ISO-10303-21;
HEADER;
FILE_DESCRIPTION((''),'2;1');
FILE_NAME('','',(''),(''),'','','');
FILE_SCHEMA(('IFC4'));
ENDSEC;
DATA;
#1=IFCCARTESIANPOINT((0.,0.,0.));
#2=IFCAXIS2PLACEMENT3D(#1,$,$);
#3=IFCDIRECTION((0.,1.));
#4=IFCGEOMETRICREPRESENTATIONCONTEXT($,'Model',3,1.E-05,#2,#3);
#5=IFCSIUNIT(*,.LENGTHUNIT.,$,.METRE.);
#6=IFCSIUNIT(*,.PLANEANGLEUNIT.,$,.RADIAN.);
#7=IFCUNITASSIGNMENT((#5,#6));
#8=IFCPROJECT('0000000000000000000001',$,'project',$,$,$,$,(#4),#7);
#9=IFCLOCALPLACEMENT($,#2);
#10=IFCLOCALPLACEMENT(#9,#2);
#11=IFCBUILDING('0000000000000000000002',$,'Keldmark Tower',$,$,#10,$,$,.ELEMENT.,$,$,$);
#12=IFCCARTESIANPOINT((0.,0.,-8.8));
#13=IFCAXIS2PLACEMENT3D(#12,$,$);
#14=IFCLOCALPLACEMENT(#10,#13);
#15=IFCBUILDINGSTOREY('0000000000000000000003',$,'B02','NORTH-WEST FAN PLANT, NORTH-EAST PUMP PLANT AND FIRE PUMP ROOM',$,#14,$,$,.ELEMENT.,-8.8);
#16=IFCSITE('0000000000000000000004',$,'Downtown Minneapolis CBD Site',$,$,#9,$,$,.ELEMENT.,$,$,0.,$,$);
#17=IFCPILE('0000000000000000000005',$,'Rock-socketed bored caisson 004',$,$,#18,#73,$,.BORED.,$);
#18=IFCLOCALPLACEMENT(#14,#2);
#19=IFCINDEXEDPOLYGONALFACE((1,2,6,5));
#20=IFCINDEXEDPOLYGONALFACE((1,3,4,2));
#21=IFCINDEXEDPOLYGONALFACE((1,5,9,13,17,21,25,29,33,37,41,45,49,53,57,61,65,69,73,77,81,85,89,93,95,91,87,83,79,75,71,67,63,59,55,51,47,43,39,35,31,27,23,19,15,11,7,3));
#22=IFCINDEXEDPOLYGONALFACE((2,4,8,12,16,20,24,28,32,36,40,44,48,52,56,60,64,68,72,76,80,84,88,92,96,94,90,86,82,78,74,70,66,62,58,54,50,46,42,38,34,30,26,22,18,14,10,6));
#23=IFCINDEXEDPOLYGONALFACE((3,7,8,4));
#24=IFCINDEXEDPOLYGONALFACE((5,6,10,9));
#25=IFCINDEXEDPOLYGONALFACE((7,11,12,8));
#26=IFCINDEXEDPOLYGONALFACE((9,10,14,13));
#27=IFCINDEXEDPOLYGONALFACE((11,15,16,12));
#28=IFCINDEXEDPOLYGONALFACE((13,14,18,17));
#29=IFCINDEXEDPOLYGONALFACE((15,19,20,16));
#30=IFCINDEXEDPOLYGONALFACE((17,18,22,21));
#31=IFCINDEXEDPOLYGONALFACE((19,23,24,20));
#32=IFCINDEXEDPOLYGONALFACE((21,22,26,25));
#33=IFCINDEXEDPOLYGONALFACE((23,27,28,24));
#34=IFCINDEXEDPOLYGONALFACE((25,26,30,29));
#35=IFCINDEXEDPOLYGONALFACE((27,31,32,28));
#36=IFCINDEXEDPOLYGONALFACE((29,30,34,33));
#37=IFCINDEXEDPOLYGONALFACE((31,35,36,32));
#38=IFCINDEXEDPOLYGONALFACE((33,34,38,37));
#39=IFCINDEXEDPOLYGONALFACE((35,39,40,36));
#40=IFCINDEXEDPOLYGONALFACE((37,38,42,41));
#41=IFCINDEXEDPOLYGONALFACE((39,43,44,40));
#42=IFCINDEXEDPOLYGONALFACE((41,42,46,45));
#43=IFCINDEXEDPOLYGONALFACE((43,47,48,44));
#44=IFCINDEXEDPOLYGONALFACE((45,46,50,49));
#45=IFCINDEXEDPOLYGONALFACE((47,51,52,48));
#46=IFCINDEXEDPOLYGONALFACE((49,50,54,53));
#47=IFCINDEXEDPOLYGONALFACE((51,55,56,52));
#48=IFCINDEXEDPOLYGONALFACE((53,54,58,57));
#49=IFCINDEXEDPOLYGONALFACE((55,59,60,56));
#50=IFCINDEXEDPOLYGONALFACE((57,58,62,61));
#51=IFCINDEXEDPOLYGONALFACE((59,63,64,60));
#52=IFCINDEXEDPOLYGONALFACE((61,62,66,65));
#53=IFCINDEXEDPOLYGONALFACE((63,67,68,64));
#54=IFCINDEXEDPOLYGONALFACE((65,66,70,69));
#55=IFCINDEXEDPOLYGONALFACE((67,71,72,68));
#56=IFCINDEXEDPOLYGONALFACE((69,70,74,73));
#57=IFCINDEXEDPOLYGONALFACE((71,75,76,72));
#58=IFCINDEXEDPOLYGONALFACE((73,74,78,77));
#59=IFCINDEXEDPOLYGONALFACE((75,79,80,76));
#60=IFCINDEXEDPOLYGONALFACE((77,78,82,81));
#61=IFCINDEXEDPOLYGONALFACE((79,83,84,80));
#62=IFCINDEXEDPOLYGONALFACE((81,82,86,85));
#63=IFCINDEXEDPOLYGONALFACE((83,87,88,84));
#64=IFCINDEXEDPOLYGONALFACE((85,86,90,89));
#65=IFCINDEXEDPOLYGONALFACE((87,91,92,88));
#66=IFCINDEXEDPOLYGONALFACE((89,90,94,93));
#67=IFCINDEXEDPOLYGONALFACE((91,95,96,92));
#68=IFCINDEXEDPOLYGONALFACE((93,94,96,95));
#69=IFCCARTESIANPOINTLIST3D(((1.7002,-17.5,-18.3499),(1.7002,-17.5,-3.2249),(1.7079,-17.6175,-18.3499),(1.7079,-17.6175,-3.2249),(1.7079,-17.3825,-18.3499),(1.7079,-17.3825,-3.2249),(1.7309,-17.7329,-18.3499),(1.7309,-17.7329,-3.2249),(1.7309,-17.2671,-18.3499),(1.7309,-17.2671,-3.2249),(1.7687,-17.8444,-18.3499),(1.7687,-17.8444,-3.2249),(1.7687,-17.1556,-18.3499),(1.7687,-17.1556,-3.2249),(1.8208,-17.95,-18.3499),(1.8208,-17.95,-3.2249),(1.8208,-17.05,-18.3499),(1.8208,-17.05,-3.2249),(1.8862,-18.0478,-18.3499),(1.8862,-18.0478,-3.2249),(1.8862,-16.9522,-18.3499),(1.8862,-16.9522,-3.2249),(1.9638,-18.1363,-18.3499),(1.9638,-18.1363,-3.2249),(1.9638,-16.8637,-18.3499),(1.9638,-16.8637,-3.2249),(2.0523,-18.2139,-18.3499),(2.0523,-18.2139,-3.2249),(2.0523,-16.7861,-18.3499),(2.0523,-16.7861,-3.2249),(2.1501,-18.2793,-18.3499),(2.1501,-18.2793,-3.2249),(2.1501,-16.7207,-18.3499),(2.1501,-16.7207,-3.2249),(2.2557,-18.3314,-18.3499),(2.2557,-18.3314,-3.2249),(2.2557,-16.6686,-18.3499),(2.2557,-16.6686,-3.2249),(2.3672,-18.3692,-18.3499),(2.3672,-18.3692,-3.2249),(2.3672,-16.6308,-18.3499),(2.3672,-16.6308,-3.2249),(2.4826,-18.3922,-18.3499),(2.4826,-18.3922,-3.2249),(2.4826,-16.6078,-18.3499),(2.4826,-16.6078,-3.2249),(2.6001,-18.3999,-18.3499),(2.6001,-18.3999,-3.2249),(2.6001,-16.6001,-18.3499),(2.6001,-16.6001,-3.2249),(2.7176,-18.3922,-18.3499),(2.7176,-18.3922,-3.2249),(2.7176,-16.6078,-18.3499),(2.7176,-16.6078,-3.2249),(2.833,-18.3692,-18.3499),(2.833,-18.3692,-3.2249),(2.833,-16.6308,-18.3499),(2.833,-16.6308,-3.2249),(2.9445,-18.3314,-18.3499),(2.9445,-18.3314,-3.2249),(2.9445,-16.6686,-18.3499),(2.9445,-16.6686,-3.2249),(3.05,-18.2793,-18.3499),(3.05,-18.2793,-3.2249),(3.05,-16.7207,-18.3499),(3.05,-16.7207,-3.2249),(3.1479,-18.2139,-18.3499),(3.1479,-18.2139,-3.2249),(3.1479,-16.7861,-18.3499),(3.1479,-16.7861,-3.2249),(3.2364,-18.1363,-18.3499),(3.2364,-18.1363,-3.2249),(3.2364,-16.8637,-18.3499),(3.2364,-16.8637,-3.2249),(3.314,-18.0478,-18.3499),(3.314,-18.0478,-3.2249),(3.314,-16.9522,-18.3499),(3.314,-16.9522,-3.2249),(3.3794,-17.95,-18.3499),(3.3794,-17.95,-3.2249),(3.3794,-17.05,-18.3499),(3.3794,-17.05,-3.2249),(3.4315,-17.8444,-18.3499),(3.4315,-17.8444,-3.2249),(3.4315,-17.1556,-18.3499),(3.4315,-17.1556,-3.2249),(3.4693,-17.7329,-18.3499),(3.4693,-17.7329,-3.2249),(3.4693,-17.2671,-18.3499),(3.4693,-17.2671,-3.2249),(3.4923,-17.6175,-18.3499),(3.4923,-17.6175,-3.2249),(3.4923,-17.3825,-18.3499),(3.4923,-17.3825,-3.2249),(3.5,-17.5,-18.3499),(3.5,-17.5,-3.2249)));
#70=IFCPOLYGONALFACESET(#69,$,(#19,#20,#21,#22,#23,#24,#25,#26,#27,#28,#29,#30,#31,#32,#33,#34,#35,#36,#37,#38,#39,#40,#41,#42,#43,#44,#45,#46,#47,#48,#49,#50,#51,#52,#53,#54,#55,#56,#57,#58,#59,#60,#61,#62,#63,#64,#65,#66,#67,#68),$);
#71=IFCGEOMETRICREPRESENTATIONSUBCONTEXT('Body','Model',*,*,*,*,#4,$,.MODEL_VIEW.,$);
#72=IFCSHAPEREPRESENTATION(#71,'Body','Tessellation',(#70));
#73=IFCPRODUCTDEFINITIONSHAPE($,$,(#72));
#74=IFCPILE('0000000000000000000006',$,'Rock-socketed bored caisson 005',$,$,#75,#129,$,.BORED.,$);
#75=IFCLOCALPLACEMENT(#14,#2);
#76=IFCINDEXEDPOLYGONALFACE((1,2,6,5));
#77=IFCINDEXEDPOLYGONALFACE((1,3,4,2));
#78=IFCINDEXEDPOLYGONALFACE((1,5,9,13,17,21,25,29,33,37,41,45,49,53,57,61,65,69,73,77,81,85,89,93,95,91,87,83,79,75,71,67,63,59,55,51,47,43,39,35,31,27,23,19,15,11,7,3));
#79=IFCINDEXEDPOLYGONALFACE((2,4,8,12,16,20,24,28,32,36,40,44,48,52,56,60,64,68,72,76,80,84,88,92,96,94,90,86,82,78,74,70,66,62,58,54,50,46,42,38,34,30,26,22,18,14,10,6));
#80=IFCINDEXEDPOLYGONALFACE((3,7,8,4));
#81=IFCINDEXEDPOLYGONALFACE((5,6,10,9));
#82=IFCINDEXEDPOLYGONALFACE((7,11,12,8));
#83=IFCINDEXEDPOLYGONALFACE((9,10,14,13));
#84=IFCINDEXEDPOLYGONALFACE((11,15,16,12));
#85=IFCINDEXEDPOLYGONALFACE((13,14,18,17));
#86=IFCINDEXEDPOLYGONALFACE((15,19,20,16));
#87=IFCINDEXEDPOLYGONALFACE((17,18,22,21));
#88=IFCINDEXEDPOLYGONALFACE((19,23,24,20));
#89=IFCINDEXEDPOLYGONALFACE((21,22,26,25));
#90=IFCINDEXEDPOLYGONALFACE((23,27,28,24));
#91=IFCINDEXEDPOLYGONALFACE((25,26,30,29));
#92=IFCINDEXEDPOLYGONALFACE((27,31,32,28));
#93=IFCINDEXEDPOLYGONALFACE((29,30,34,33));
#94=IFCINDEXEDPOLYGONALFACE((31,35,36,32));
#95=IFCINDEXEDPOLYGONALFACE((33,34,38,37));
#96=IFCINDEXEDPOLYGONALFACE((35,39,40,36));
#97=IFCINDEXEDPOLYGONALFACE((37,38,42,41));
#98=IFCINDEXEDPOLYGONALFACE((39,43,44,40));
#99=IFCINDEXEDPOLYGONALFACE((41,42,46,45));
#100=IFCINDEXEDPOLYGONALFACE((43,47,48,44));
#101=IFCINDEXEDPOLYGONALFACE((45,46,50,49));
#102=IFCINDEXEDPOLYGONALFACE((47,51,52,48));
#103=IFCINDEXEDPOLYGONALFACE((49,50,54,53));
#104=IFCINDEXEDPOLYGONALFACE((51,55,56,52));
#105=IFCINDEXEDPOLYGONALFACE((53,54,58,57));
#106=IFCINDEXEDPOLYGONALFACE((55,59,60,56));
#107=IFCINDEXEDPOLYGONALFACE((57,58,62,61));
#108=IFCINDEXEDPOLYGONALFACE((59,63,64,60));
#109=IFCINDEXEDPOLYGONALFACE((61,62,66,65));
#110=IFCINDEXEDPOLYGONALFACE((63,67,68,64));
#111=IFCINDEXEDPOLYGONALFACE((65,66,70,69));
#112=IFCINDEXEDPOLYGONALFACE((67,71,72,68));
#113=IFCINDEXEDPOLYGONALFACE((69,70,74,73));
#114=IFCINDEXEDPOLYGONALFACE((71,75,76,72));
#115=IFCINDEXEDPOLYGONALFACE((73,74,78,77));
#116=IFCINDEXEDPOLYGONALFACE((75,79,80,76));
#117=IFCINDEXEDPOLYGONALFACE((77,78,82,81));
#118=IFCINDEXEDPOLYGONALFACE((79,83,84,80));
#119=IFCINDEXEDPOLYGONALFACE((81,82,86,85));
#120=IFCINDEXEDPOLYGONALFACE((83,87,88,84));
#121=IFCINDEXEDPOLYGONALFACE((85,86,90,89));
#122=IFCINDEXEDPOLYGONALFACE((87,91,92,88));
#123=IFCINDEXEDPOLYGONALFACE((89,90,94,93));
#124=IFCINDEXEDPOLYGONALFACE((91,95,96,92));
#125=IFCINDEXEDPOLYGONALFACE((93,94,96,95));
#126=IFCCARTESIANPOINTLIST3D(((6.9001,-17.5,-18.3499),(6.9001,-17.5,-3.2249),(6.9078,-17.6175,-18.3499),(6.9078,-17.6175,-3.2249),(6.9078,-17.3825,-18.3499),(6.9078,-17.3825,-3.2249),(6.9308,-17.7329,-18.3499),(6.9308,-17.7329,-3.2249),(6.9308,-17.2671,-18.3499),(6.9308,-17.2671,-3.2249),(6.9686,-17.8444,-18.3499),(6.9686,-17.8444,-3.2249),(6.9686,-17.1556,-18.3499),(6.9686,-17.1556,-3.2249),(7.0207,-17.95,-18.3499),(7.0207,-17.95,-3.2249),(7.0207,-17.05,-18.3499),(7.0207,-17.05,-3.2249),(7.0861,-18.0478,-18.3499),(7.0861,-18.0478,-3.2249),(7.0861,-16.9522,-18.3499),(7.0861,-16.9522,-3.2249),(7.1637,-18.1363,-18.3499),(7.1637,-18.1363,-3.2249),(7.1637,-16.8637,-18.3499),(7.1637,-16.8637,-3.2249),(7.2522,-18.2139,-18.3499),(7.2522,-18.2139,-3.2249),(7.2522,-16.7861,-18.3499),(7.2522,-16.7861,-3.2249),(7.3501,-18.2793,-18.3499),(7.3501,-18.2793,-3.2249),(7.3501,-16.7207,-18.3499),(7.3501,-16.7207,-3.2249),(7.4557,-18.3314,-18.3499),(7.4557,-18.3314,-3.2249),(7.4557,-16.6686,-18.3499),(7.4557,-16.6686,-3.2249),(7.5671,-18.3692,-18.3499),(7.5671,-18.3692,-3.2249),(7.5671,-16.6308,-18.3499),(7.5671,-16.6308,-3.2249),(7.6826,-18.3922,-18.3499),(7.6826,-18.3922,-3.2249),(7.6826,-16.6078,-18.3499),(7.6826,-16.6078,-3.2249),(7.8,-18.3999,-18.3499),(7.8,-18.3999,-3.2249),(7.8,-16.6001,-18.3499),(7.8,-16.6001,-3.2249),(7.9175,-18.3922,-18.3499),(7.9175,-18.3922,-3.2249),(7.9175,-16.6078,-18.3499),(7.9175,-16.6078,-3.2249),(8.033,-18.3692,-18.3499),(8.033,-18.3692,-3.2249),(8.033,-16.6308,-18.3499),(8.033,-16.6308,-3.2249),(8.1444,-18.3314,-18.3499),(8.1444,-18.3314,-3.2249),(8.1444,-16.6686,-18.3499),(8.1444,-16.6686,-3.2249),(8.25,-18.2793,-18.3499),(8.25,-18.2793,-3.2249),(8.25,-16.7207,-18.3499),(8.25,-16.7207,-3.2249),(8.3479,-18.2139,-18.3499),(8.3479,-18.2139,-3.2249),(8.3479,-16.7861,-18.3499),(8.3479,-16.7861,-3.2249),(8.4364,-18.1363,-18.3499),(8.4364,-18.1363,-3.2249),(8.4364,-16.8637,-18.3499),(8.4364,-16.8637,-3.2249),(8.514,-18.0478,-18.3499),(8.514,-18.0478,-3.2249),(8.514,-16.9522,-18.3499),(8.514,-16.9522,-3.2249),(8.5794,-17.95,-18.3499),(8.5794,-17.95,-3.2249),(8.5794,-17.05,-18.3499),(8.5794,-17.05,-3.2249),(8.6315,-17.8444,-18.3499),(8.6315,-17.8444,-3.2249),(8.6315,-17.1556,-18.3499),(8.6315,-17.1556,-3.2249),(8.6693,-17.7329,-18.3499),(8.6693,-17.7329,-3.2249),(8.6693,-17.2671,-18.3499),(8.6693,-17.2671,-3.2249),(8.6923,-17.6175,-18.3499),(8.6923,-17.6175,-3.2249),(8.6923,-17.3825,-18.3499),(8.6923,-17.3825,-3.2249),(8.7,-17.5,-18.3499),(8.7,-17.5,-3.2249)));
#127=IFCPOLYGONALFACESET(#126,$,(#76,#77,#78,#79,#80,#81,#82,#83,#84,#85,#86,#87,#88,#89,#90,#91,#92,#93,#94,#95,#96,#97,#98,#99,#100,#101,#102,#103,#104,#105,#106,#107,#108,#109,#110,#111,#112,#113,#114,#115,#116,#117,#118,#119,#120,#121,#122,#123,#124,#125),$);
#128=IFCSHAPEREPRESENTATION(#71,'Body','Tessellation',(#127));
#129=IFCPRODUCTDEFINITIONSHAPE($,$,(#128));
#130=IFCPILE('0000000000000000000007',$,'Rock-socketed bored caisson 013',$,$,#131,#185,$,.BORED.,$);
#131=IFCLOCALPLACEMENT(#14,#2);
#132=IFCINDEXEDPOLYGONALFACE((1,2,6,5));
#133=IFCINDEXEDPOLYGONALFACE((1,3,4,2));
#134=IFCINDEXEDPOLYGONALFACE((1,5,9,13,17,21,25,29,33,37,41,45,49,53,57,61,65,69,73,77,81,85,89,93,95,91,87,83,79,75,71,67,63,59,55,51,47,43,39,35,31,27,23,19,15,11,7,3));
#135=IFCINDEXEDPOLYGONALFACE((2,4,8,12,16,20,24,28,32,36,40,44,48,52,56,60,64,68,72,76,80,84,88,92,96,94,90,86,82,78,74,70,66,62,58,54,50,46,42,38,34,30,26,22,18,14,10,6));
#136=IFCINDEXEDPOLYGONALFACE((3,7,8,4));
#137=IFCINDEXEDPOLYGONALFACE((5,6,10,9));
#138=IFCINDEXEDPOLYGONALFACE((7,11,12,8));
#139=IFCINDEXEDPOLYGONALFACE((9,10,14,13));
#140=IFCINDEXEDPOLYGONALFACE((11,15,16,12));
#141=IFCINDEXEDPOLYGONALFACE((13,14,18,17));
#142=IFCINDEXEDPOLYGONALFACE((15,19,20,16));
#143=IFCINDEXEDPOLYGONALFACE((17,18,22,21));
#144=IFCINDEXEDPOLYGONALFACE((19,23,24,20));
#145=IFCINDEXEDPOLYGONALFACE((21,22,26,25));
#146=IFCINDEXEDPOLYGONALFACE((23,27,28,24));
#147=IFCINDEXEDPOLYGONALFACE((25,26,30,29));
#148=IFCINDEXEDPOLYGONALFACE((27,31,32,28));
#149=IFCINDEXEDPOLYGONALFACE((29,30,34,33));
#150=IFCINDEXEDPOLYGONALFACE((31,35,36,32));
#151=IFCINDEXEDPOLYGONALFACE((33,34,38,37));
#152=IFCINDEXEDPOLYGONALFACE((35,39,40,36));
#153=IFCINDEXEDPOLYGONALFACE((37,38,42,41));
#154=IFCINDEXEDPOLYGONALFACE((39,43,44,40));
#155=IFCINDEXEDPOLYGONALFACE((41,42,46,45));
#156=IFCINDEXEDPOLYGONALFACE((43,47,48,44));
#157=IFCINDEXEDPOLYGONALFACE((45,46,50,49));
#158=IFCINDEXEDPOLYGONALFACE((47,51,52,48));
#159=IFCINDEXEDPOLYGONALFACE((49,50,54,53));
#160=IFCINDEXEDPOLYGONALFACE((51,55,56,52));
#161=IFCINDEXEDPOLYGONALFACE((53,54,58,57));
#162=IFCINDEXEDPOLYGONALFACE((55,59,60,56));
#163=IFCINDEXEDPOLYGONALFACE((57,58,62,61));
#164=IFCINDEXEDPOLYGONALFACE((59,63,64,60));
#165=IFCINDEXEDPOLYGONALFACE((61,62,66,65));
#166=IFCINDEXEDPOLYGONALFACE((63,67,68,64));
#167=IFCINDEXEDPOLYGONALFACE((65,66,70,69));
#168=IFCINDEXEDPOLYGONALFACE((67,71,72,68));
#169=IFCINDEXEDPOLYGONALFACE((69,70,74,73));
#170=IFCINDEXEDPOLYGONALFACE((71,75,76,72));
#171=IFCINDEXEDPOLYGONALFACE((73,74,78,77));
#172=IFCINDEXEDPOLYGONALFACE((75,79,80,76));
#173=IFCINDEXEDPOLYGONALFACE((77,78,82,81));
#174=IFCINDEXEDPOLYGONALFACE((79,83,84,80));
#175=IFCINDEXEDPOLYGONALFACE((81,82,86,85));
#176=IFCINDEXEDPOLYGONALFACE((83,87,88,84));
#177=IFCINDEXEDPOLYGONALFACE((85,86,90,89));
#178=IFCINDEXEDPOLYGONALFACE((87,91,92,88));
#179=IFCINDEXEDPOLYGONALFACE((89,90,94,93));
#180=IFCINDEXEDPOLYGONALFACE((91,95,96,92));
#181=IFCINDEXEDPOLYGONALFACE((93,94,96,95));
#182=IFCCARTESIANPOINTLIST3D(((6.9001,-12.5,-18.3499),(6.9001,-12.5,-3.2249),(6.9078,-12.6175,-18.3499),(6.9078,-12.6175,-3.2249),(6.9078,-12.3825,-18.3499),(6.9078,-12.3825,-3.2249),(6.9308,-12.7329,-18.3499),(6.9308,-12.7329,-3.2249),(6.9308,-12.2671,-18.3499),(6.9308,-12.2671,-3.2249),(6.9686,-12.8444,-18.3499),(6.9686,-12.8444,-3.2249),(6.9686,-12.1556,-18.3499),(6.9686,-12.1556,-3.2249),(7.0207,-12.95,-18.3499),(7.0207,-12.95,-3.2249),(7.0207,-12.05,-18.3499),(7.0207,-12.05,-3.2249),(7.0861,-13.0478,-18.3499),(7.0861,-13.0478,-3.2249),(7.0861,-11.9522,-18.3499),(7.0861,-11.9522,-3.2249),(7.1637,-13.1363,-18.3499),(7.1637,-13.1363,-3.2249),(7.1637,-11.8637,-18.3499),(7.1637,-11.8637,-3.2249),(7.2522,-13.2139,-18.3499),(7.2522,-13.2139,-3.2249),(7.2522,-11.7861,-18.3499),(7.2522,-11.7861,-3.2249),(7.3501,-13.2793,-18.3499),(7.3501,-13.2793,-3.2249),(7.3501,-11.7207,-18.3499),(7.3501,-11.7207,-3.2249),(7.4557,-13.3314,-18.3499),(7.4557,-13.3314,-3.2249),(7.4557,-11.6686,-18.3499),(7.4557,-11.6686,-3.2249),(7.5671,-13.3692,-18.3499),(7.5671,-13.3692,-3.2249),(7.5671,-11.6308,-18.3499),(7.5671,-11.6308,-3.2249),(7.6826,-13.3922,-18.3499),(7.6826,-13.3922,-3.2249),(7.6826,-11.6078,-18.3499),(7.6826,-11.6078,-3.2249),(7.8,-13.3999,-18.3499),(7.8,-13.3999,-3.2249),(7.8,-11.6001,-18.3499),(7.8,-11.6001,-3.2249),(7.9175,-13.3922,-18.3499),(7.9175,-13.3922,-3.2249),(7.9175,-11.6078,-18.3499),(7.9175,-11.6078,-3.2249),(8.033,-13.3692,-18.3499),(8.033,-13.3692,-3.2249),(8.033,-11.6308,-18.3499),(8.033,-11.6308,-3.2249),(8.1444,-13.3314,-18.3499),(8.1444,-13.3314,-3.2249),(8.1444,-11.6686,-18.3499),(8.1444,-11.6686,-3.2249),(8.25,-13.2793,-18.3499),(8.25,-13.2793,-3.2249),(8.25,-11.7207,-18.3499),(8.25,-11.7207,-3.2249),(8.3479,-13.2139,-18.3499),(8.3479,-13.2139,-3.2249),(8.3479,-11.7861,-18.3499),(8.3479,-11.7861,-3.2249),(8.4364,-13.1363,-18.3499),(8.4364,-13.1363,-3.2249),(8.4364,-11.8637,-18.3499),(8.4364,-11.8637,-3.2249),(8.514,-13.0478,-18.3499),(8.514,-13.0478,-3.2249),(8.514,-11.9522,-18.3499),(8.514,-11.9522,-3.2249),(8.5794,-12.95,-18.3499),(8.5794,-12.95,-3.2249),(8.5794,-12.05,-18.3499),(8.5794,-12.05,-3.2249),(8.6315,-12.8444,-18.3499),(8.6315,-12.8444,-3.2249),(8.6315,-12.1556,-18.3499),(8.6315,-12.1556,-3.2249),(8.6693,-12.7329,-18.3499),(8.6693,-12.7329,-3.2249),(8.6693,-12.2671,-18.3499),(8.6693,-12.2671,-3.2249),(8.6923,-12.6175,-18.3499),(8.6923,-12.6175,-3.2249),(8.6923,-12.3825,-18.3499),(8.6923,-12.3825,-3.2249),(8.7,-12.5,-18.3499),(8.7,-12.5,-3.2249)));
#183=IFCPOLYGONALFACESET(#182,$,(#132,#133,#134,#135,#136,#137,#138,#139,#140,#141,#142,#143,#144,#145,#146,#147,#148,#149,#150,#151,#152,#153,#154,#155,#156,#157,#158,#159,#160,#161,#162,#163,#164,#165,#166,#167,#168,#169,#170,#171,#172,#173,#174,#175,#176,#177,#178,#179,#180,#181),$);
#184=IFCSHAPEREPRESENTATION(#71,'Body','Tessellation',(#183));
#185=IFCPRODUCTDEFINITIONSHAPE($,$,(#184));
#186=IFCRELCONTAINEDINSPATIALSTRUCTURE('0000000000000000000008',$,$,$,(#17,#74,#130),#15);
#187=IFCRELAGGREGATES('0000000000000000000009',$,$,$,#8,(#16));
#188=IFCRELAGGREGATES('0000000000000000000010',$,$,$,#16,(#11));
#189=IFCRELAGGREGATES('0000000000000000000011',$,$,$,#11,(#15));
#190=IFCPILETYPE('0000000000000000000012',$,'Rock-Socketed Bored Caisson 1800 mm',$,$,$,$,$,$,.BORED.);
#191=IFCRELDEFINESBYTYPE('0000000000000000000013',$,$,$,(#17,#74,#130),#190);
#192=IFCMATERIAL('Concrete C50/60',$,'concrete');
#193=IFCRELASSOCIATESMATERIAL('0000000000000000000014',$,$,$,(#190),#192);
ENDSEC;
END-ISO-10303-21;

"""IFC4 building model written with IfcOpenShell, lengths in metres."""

from ifc_helpers import new_model, si_unit, direction, frame, origin, origin_2d, place, context, subcontext, project, spatial, circle, extrude, material, material_profile, profile_set, type_object, element, save


model = new_model("IFC4")

# Units and contexts
model_context = context("Model", 3, precision=1e-05, world=origin(), true_north=direction((0.0, 1.0)))
body_context = subcontext(model_context, "Body", "Model", "MODEL_VIEW")
ifc_project = project(units=[si_unit("LENGTHUNIT", "METRE"), si_unit("PLANEANGLEUNIT", "RADIAN")], contexts=[model_context])

# Site, building, storey
site_placement = place(None, origin())
site = spatial("IfcSite", under=ifc_project, at=site_placement, Name="Downtown Minneapolis CBD Site", CompositionType="ELEMENT", RefElevation=0.0)
building_placement = place(site_placement, origin())
building = spatial("IfcBuilding", under=site, at=building_placement, Name="Keldmark Tower", CompositionType="ELEMENT")
storey_placement = place(building_placement, frame((0.0, 0.0, -8.8)))
storey = spatial("IfcBuildingStorey", under=building, at=storey_placement, Name="B02", Description="NORTH-WEST FAN PLANT, NORTH-EAST PUMP PLANT AND FIRE PUMP ROOM", CompositionType="ELEMENT", Elevation=-8.8)

# Piles
ifc_material_1 = material(Name="Concrete C50/60", Category="concrete")
ifc_material_profile_1 = material_profile(ifc_material_1, circle(Radius=0.8999, at=origin_2d()), Name="CAISSON1800")
ifc_profile_set_1 = profile_set([ifc_material_profile_1], Name="Concrete C50/60")
pile_type_1 = type_object("IfcPileType", Name="Rock-Socketed Bored Caisson 1800 mm", PredefinedType="BORED", material=ifc_profile_set_1)
for number, where, z_axis, x_axis, name in (
    (1, (2.6001, -17.5, -3.2249), (0.0, 0.0, -1.0), (1.0, 0.0, 0.0), "Rock-socketed bored caisson 004"),
    (2, (7.8, -17.5, -3.2249), (0.0, 0.0, -1.0), (1.0, 0.0, 0.0), "Rock-socketed bored caisson 005"),
    (3, (7.8, -12.5, -3.2249), (0.0, 0.0, -1.0), (1.0, 0.0, 0.0), "Rock-socketed bored caisson 013"),
):
    element("IfcPile", number, at=place(storey_placement, frame(where, z_axis=z_axis, x_axis=x_axis)), inside=storey, type_object=pile_type_1, Name=name, PredefinedType="BORED", context=body_context, shape_type="SweptSolid", body=[
        extrude(circle(Radius=0.8999, at=origin_2d()), origin(), (0.0, 0.0, 1.0), 15.125),
    ])

save(model, "model.ifc")
